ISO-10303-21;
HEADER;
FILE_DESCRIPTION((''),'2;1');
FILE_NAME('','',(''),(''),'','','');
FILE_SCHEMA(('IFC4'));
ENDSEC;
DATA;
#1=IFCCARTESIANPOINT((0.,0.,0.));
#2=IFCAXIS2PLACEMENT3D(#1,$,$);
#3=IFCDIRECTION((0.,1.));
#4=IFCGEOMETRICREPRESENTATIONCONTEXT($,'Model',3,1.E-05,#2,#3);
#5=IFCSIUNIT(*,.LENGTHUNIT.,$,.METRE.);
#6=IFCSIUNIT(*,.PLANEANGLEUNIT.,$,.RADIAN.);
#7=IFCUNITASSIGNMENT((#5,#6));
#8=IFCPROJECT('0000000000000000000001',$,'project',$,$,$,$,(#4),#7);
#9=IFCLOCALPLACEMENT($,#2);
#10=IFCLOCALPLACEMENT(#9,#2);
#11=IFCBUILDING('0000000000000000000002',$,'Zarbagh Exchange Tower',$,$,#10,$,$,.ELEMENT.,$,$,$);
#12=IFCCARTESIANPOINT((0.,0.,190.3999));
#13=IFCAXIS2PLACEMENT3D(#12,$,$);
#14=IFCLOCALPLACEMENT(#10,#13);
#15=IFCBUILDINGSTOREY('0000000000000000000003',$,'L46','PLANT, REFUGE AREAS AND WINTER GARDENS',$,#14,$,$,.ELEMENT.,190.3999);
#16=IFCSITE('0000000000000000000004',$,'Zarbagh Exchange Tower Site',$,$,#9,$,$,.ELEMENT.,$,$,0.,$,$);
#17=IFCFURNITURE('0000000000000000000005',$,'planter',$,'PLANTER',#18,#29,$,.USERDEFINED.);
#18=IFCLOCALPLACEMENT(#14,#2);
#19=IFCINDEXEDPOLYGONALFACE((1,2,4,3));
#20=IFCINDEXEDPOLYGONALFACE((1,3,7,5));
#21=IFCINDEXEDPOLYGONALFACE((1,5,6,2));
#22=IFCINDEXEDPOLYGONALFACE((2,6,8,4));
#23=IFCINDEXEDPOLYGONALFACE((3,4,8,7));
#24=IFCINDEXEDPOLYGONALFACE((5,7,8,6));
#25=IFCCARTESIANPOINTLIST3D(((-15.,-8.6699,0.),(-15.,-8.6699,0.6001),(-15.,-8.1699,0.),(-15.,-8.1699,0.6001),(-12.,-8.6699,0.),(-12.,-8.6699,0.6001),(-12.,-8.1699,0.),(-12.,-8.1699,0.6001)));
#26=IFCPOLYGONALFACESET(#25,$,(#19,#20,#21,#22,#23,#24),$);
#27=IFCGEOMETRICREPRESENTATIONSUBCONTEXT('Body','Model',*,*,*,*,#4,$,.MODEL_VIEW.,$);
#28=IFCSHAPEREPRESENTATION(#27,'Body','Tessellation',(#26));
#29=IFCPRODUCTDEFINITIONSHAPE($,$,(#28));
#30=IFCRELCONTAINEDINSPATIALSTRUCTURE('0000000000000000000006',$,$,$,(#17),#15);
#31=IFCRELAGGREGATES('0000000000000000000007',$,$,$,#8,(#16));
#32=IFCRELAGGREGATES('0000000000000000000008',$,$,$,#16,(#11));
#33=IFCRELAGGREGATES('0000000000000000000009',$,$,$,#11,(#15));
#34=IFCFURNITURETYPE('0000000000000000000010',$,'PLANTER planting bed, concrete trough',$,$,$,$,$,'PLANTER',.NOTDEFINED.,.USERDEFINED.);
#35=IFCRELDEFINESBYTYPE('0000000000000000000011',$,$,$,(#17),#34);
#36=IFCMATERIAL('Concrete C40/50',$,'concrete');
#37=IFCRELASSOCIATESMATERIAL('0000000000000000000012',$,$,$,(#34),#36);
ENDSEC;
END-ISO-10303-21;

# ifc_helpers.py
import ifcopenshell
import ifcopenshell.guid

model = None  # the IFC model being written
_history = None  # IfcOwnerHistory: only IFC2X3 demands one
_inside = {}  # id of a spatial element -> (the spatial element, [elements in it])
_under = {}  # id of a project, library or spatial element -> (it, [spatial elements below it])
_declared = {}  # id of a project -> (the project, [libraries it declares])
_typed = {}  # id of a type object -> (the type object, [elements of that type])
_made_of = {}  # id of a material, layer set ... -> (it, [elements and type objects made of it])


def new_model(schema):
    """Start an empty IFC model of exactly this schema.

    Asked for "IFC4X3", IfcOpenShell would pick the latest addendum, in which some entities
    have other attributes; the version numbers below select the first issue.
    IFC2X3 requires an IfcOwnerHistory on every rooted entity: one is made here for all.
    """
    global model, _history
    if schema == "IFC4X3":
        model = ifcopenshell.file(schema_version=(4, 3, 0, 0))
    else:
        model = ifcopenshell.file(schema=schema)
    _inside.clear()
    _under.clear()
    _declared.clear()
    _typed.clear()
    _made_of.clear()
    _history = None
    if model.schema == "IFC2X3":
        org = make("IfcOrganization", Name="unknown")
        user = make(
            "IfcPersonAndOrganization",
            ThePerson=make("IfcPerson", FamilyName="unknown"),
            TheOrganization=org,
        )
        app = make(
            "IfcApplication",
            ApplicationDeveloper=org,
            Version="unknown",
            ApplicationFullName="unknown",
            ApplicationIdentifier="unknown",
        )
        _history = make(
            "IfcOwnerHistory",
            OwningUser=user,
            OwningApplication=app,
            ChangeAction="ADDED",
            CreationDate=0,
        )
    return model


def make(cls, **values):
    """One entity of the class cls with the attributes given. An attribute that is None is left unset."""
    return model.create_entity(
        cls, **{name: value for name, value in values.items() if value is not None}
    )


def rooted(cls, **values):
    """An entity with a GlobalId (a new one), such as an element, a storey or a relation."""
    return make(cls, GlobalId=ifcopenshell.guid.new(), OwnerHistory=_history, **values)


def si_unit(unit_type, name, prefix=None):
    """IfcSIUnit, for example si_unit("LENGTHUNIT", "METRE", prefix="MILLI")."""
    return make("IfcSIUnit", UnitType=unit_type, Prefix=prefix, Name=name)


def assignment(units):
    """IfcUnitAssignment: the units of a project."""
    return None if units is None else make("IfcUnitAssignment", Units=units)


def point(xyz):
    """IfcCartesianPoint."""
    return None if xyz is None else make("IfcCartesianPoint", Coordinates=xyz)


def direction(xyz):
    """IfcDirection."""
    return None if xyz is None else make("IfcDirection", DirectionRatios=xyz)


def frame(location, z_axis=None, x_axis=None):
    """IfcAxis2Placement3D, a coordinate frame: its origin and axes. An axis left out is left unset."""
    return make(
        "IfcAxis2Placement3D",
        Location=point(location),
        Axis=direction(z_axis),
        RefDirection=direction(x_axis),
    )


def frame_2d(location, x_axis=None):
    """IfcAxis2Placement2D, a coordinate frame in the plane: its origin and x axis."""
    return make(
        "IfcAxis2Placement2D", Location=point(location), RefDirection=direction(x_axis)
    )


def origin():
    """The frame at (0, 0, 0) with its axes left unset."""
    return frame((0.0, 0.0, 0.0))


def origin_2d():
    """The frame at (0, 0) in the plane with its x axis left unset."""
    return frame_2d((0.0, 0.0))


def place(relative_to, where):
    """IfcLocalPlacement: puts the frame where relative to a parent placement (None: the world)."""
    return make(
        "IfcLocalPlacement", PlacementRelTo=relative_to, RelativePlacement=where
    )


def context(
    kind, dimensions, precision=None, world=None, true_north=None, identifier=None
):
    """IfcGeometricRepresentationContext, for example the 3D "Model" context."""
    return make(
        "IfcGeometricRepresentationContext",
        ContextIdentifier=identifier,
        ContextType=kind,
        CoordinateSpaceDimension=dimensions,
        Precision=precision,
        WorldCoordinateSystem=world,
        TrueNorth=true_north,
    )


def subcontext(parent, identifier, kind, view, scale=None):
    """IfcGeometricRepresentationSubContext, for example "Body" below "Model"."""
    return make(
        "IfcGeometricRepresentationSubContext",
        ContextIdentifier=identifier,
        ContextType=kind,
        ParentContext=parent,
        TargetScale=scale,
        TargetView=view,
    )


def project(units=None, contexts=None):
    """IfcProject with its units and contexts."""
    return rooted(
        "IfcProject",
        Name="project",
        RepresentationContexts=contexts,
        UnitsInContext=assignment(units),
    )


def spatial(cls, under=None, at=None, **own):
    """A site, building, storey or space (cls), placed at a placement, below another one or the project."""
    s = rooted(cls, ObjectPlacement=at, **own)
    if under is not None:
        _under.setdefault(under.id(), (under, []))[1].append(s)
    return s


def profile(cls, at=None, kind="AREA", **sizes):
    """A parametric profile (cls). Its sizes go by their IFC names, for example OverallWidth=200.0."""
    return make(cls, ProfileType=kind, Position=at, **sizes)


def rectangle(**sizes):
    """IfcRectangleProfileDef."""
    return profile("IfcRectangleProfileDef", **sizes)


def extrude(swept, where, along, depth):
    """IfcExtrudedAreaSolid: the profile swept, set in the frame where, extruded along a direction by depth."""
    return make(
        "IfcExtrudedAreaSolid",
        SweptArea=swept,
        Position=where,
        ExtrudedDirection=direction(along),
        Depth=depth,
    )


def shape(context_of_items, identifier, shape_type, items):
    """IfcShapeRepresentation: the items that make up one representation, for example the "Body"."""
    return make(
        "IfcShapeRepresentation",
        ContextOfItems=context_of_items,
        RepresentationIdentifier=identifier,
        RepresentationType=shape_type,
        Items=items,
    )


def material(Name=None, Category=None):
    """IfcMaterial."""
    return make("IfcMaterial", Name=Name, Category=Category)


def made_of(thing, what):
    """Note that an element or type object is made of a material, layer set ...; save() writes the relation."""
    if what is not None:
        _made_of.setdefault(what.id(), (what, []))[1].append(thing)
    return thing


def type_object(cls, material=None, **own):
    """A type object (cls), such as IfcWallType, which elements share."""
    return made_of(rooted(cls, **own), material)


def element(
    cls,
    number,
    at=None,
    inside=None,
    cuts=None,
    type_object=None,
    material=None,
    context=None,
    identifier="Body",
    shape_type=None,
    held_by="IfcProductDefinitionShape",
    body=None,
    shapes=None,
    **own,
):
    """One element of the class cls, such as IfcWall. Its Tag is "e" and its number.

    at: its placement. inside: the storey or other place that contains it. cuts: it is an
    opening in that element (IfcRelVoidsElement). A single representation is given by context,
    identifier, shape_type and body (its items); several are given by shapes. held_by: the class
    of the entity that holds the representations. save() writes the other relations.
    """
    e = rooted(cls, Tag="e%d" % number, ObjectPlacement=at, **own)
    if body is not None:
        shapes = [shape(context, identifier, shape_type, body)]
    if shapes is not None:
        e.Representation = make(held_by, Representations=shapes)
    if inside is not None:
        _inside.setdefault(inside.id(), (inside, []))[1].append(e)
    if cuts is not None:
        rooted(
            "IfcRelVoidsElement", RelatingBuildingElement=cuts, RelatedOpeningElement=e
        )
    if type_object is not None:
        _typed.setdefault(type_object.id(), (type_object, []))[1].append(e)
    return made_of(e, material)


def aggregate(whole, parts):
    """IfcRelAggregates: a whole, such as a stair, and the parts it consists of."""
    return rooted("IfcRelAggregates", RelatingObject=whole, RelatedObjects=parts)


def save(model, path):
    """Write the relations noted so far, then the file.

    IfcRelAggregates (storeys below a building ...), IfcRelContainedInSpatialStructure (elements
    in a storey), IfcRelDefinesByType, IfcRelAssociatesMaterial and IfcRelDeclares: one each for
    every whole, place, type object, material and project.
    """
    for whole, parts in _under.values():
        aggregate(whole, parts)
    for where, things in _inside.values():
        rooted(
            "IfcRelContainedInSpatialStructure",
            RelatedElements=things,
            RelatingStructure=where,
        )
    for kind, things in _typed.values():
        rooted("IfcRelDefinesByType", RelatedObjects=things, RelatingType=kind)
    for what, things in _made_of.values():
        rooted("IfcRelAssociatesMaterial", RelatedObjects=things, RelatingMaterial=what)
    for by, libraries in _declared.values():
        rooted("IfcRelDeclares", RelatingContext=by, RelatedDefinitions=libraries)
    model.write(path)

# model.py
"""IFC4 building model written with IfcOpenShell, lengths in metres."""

from ifc_helpers import new_model, si_unit, direction, frame, origin, origin_2d, place, context, subcontext, project, spatial, rectangle, extrude, material, type_object, element, save


model = new_model("IFC4")

# Units and contexts
model_context = context("Model", 3, precision=1e-05, world=origin(), true_north=direction((0.0, 1.0)))
body_context = subcontext(model_context, "Body", "Model", "MODEL_VIEW")
ifc_project = project(units=[si_unit("LENGTHUNIT", "METRE"), si_unit("PLANEANGLEUNIT", "RADIAN")], contexts=[model_context])

# Site, building, storey
site_placement = place(None, origin())
site = spatial("IfcSite", under=ifc_project, at=site_placement, Name="Zarbagh Exchange Tower Site", CompositionType="ELEMENT", RefElevation=0.0)
building_placement = place(site_placement, origin())
building = spatial("IfcBuilding", under=site, at=building_placement, Name="Zarbagh Exchange Tower", CompositionType="ELEMENT")
storey_placement = place(building_placement, frame((0.0, 0.0, 190.3999)))
storey = spatial("IfcBuildingStorey", under=building, at=storey_placement, Name="L46", Description="PLANT, REFUGE AREAS AND WINTER GARDENS", CompositionType="ELEMENT", Elevation=190.3999)

# Shared definitions
ifc_material_1 = material(Name="Concrete C40/50", Category="concrete")

# Furniture
furniture_type = type_object("IfcFurnitureType", Name="PLANTER planting bed, concrete trough", ElementType="PLANTER", AssemblyPlace="NOTDEFINED", PredefinedType="USERDEFINED", material=ifc_material_1)
for number, where, z_axis, x_axis, name in (
    (1, (-13.5, -8.4199, 0.0), (0.0, 0.0, 1.0), (-1.0, 0.0, 0.0), "planter"),
):
    element("IfcFurniture", number, at=place(storey_placement, frame(where, z_axis=z_axis, x_axis=x_axis)), inside=storey, type_object=furniture_type, Name=name, ObjectType="PLANTER", PredefinedType="USERDEFINED", context=body_context, shape_type="SweptSolid", body=[
        extrude(rectangle(XDim=3.0, YDim=0.5, at=origin_2d()), origin(), (0.0, 0.0, 1.0), 0.6001),
    ])

save(model, "model.ifc")
